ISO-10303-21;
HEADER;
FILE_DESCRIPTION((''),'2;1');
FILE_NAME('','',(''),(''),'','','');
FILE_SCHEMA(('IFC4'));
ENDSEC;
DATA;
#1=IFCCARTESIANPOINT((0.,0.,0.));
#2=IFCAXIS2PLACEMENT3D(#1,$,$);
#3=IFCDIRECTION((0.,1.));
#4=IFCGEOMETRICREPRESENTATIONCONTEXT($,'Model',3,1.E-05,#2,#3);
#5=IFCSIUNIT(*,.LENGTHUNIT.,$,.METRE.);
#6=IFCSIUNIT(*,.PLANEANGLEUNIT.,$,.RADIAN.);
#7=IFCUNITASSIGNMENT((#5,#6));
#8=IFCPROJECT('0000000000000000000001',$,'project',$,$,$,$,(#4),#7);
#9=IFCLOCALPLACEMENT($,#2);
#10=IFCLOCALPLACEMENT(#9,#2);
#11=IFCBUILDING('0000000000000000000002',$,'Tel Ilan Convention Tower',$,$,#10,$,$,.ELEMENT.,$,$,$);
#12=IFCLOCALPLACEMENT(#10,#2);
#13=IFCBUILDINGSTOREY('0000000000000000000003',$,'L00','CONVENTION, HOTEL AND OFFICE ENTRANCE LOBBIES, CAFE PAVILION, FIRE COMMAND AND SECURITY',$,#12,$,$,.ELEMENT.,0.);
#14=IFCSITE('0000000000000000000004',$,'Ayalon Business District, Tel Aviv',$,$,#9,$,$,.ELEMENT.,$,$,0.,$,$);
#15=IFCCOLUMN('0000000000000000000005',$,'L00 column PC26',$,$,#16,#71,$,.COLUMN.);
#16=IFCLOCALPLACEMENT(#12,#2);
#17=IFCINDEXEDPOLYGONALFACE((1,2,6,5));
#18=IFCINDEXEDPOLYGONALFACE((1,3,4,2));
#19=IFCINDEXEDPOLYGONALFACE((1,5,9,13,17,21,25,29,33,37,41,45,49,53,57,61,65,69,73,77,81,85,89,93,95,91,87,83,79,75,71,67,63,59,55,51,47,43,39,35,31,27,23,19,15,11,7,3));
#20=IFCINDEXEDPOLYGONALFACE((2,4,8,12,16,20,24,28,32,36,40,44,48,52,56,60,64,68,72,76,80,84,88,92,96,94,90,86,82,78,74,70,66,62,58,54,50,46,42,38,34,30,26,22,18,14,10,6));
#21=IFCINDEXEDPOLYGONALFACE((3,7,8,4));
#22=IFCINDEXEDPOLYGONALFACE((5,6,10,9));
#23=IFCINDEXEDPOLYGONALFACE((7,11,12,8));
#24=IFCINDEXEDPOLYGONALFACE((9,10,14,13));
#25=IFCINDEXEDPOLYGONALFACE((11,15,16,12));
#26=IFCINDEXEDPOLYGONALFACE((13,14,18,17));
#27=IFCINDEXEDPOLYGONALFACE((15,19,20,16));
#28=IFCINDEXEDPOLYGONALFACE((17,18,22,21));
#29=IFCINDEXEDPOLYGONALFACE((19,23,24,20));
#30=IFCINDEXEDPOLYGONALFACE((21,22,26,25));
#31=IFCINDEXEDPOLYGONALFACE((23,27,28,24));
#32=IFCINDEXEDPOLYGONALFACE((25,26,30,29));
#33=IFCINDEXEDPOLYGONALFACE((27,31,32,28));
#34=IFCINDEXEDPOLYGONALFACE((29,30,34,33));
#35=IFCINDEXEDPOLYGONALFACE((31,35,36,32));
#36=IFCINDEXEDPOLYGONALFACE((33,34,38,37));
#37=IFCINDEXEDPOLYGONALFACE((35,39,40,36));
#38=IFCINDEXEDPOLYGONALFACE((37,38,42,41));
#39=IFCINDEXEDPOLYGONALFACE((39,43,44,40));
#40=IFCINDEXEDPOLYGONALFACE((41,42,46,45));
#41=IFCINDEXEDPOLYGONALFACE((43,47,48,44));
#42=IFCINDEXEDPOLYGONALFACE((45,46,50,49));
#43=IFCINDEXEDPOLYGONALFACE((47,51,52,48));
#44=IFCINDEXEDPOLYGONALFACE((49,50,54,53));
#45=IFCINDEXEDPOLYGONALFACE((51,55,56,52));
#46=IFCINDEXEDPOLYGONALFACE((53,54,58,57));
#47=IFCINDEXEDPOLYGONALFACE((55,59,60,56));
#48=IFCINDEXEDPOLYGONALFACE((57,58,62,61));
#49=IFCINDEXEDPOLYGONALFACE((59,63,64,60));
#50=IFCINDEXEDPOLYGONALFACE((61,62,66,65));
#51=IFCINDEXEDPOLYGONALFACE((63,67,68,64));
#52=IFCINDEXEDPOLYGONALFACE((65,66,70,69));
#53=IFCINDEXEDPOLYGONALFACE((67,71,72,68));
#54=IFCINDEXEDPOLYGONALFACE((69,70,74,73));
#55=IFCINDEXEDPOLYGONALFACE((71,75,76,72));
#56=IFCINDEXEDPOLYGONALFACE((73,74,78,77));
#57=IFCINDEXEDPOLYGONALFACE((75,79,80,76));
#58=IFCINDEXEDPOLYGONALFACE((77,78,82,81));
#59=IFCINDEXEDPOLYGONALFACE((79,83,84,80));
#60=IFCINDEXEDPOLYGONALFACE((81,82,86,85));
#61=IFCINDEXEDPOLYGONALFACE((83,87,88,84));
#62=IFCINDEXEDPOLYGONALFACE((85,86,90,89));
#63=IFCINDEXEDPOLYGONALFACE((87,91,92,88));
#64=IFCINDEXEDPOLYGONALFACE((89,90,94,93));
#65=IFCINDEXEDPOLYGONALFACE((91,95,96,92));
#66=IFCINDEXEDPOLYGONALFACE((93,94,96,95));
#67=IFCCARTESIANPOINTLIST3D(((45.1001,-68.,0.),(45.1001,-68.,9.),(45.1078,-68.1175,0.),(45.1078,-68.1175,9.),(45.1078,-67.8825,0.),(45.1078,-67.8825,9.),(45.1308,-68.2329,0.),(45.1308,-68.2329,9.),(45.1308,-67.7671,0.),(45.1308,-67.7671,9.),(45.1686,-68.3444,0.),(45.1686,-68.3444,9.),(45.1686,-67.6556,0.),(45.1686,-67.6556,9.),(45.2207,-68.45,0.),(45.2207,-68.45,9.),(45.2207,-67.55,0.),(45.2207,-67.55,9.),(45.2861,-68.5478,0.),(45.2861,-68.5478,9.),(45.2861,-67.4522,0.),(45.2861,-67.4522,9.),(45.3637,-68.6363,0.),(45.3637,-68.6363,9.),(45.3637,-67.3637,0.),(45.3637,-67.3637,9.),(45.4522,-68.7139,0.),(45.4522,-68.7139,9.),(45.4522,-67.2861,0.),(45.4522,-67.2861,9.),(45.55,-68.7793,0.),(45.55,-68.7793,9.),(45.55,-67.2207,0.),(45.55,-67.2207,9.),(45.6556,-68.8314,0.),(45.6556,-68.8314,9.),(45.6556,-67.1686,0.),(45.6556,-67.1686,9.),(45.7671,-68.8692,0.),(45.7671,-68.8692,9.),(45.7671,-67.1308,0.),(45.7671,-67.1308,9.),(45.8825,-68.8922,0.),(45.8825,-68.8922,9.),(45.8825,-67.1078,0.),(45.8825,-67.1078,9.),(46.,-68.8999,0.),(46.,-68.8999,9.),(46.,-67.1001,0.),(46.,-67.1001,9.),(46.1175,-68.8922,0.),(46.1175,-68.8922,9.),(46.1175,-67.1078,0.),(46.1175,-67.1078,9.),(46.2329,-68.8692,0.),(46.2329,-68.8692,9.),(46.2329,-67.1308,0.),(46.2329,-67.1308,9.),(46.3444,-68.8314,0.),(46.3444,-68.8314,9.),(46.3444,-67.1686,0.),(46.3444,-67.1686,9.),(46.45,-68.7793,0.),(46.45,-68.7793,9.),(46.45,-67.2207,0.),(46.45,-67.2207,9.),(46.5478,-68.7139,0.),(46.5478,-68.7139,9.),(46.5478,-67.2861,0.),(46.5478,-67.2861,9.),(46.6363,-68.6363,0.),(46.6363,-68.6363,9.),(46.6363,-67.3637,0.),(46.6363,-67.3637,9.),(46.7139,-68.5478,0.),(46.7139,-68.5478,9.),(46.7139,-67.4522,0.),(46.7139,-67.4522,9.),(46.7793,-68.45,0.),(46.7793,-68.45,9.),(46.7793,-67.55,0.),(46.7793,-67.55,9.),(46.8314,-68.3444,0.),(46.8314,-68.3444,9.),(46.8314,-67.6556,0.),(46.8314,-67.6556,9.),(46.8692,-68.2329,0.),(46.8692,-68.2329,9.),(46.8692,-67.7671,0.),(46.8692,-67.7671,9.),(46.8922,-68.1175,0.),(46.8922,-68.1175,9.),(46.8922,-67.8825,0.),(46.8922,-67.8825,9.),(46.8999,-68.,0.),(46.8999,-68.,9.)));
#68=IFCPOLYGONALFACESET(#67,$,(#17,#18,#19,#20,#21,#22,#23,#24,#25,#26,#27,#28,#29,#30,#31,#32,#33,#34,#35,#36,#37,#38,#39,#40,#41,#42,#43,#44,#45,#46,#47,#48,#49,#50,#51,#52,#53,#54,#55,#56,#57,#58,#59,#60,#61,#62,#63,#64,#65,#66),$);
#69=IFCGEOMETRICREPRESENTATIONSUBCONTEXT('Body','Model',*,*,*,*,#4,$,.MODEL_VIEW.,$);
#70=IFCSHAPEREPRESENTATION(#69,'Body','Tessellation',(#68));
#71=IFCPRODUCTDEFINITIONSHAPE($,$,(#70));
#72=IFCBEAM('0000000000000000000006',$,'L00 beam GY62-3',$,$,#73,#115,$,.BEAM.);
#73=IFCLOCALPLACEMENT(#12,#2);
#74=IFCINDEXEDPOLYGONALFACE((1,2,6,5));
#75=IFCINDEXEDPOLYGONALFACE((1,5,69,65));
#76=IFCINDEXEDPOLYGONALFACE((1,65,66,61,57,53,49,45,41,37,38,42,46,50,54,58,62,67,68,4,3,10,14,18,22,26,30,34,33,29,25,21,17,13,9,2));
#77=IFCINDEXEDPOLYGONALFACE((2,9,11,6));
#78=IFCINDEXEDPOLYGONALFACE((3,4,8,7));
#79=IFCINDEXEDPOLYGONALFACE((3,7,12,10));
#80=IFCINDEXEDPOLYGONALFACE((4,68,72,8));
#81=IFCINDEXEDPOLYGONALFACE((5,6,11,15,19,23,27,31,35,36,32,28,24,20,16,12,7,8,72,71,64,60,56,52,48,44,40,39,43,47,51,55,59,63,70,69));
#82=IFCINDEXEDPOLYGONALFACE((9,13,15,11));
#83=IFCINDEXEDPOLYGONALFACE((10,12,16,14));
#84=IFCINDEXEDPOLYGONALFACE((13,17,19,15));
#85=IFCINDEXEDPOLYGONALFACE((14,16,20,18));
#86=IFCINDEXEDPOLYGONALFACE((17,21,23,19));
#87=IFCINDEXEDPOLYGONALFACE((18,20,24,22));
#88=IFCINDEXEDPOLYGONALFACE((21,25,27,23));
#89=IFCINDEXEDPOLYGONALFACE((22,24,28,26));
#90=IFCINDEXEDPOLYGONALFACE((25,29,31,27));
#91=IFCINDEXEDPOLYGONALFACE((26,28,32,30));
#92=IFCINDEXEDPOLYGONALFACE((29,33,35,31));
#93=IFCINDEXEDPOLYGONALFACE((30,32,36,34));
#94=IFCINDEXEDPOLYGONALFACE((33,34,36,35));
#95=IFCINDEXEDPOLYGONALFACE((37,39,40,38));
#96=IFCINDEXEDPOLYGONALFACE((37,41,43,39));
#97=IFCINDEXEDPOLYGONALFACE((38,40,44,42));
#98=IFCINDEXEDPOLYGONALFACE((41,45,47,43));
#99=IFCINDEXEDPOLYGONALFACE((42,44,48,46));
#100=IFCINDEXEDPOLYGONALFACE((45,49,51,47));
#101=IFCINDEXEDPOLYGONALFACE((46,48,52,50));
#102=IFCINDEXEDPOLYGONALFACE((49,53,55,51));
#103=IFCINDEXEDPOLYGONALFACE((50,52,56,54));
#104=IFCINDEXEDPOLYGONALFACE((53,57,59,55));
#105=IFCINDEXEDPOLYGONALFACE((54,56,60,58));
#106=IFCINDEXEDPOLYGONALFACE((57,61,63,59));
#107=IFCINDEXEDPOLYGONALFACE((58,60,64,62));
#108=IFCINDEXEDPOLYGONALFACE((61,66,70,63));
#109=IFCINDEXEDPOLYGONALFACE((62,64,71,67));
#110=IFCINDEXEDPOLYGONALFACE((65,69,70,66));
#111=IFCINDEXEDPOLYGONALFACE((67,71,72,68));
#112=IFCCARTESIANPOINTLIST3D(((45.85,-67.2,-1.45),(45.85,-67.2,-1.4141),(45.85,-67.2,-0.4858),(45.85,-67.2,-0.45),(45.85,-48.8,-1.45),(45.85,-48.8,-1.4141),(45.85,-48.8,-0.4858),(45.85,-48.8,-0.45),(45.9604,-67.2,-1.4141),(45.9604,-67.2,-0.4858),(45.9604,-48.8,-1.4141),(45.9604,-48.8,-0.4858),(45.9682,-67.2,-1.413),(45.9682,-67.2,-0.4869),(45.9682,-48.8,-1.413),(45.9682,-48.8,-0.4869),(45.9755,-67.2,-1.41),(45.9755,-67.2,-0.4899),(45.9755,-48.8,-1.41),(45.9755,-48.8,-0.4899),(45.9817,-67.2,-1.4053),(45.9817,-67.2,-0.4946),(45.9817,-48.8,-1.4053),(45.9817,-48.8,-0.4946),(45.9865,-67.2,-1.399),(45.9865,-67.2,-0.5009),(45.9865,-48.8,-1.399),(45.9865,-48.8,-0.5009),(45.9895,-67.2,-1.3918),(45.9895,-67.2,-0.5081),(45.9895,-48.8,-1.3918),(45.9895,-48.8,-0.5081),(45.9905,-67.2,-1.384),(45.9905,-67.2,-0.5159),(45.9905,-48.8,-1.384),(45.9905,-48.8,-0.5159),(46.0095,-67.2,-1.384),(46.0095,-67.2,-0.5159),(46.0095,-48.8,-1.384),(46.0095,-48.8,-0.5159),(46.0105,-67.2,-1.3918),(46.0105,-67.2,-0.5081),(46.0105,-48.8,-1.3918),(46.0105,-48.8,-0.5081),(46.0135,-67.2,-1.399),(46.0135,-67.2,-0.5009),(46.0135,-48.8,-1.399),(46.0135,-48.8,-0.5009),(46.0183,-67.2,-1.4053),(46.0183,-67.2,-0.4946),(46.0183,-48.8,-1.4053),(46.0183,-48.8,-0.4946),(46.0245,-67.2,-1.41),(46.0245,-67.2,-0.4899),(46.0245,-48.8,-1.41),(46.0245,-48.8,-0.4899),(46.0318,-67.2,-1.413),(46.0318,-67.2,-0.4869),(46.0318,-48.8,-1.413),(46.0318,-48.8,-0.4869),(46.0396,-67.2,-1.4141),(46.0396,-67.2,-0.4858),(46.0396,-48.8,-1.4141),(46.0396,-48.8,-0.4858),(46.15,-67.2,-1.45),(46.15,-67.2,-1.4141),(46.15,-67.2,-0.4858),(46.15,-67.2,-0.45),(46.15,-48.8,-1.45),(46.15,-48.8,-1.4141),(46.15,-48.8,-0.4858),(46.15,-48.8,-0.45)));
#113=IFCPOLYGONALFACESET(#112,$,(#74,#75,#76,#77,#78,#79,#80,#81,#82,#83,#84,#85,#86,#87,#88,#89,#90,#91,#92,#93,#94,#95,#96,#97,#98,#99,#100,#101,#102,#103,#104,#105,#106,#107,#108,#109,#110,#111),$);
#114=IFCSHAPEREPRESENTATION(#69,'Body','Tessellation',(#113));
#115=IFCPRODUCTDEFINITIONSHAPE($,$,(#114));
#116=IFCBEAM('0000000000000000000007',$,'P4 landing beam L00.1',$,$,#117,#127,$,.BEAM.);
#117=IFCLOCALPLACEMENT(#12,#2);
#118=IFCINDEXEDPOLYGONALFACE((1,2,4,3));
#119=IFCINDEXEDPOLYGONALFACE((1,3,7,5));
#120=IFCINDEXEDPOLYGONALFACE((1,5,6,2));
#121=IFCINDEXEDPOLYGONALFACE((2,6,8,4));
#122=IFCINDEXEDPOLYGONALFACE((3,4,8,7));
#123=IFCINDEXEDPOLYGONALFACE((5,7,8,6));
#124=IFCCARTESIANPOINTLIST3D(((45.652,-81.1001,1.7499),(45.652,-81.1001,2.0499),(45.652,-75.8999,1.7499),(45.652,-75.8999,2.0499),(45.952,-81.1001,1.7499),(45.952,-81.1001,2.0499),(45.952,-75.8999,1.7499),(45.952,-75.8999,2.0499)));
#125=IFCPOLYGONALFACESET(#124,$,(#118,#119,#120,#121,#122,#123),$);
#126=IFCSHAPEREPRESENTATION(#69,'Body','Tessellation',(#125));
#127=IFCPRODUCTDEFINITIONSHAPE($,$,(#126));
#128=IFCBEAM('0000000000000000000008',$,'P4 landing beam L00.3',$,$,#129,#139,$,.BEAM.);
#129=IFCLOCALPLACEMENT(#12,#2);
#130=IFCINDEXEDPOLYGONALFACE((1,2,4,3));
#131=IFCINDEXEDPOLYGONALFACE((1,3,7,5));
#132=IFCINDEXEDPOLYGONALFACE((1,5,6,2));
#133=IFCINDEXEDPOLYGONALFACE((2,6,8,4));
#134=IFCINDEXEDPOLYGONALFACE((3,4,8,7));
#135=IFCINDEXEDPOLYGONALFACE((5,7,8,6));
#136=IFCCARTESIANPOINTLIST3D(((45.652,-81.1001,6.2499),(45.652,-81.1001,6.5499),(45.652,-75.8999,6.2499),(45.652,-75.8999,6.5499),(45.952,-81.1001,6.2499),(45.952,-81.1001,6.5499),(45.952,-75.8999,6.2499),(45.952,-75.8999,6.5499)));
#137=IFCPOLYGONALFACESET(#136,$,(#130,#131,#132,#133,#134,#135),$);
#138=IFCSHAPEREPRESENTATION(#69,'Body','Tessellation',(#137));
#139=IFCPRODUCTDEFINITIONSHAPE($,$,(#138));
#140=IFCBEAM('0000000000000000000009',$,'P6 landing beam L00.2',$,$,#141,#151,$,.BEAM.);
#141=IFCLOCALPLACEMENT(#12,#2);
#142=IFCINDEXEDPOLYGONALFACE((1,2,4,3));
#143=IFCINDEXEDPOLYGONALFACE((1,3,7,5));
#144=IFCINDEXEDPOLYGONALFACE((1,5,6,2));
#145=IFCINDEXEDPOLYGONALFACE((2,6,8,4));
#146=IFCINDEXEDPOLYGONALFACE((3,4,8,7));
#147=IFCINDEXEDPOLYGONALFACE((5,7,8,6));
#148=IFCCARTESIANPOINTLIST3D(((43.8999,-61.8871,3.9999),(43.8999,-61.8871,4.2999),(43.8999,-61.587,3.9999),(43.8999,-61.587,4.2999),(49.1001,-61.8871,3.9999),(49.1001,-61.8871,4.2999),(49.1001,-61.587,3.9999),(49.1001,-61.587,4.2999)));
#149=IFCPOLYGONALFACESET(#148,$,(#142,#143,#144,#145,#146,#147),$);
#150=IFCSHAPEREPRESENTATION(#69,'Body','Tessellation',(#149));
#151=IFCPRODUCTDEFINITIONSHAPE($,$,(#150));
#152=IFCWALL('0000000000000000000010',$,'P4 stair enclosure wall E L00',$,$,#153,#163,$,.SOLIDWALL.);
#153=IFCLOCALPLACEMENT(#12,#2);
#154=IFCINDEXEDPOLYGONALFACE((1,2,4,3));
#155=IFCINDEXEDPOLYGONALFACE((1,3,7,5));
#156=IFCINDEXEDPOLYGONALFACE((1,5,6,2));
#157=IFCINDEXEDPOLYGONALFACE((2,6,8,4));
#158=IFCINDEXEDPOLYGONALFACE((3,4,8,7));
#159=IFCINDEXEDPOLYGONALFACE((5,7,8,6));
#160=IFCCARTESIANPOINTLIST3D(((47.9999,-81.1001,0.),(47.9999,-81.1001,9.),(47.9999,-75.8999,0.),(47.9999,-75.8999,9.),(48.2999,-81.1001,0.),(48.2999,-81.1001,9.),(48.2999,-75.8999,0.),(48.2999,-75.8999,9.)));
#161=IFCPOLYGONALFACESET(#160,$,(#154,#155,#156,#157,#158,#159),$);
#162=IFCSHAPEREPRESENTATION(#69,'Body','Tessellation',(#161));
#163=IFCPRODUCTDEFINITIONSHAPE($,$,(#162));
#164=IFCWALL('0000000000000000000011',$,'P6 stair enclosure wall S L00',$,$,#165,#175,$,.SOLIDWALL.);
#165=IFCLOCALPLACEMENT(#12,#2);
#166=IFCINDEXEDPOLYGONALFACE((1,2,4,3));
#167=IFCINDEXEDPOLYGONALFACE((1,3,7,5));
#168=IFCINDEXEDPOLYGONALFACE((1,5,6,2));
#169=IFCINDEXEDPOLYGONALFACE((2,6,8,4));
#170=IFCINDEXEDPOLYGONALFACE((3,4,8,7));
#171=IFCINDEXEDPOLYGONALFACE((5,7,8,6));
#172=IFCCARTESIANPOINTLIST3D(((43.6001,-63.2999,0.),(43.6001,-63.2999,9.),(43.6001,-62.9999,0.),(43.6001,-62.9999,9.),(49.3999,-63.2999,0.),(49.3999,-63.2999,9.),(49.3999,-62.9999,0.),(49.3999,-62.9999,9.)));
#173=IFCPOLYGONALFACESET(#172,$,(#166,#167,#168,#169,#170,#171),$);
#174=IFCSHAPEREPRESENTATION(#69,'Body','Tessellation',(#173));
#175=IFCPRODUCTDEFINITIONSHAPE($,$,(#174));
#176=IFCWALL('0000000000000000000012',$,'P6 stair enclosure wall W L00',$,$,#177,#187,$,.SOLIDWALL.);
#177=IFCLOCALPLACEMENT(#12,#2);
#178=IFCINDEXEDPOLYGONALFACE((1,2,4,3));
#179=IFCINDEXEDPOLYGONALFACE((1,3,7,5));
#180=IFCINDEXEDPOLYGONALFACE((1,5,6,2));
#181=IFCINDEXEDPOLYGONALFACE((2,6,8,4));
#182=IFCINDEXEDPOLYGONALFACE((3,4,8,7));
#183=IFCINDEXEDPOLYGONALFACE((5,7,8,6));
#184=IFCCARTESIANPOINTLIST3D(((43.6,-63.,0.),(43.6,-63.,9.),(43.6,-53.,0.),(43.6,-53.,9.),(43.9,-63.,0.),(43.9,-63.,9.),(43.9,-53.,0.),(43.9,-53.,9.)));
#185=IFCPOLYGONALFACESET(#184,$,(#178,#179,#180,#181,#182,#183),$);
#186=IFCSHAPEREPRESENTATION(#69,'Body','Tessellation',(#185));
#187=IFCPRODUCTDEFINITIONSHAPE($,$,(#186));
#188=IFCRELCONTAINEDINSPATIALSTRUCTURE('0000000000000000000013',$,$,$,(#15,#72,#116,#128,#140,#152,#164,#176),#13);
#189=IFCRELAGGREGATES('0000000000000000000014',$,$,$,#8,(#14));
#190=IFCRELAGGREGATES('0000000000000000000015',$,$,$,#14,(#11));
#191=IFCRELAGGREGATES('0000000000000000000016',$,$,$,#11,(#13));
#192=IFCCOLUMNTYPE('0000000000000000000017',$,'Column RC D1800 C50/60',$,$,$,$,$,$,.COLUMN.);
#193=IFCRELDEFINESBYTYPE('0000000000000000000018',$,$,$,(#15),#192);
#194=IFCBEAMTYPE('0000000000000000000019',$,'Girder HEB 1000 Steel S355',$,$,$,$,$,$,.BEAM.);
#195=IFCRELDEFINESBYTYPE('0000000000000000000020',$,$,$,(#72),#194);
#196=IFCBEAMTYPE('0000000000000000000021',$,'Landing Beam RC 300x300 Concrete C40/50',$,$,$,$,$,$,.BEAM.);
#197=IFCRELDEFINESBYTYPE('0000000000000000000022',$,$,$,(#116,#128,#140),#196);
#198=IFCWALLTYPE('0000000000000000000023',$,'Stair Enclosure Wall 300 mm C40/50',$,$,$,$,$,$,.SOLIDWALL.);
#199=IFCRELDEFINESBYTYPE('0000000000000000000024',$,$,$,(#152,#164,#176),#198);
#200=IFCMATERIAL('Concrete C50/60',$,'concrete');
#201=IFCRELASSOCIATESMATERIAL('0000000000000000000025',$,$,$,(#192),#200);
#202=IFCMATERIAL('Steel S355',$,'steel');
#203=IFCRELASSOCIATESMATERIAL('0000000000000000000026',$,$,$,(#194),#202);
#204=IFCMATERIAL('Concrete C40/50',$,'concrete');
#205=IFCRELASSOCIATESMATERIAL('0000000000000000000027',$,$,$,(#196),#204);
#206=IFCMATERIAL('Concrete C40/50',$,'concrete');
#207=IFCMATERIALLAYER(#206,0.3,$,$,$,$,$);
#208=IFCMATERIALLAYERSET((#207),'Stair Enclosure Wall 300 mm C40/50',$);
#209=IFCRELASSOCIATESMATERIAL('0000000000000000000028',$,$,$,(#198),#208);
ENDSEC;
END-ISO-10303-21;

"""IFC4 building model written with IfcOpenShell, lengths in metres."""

from ifc_helpers import new_model, si_unit, direction, frame, frame_2d, origin, origin_2d, place, context, subcontext, project, spatial, rectangle, circle, i_section, extrude, material, layer, layer_set, material_profile, profile_set, type_object, element, save


model = new_model("IFC4")

# Units and contexts
model_context = context("Model", 3, precision=1e-05, world=origin(), true_north=direction((0.0, 1.0)))
body_context = subcontext(model_context, "Body", "Model", "MODEL_VIEW")
ifc_project = project(units=[si_unit("LENGTHUNIT", "METRE"), si_unit("PLANEANGLEUNIT", "RADIAN")], contexts=[model_context])

# Site, building, storey
site_placement = place(None, origin())
site = spatial("IfcSite", under=ifc_project, at=site_placement, Name="Ayalon Business District, Tel Aviv", CompositionType="ELEMENT", RefElevation=0.0)
building_placement = place(site_placement, origin())
building = spatial("IfcBuilding", under=site, at=building_placement, Name="Tel Ilan Convention Tower", CompositionType="ELEMENT")
storey_placement = place(building_placement, origin())
storey = spatial("IfcBuildingStorey", under=building, at=storey_placement, Name="L00", Description="CONVENTION, HOTEL AND OFFICE ENTRANCE LOBBIES, CAFE PAVILION, FIRE COMMAND AND SECURITY", CompositionType="ELEMENT", Elevation=0.0)

# Column
ifc_material_1 = material(Name="Concrete C50/60", Category="concrete")
ifc_material_profile_1 = material_profile(ifc_material_1, circle(Radius=0.8999, at=origin_2d()), Name="RC D1800")
ifc_profile_set_1 = profile_set([ifc_material_profile_1], Name="Concrete C50/60")
column_type = type_object("IfcColumnType", Name="Column RC D1800 C50/60", PredefinedType="COLUMN", material=ifc_profile_set_1)
column_placement = place(storey_placement, frame((46.0, -68.0, 0.0), z_axis=(0.0, 0.0, 1.0), x_axis=(1.0, 0.0, 0.0)))
element("IfcColumn", 1, at=column_placement, inside=storey, type_object=column_type, Name="L00 column PC26", PredefinedType="COLUMN", context=body_context, shape_type="SweptSolid", body=[
    extrude(circle(Radius=0.8999, at=origin_2d()), origin(), (0.0, 0.0, 1.0), 9.0),
])

# Beams
ifc_material_2 = material(Name="Steel S355", Category="steel")
ifc_material_profile_2 = material_profile(ifc_material_2, i_section(OverallWidth=0.3, OverallDepth=1.0, WebThickness=0.019, FlangeThickness=0.0359, FilletRadius=0.03, at=origin_2d()), Name="HEB 1000")
ifc_profile_set_2 = profile_set([ifc_material_profile_2], Name="Steel S355")
beam_type_1 = type_object("IfcBeamType", Name="Girder HEB 1000 Steel S355", PredefinedType="BEAM", material=ifc_profile_set_2)
beam_placement = place(storey_placement, frame((46.0, -67.2, -0.95), z_axis=(0.0, 1.0, 0.0), x_axis=(-1.0, 0.0, 0.0)))
element("IfcBeam", 2, at=beam_placement, inside=storey, type_object=beam_type_1, Name="L00 beam GY62-3", PredefinedType="BEAM", context=body_context, shape_type="SweptSolid", body=[
    extrude(i_section(OverallWidth=0.3, OverallDepth=1.0, WebThickness=0.019, FlangeThickness=0.0359, FilletRadius=0.03, at=origin_2d()), origin(), (0.0, 0.0, 1.0), 18.3999),
])
ifc_material_3 = material(Name="Concrete C40/50", Category="concrete")
ifc_material_profile_3 = material_profile(ifc_material_3, rectangle(XDim=0.3, YDim=0.3, at=origin_2d()), Name="RC 300x300")
ifc_profile_set_3 = profile_set([ifc_material_profile_3], Name="Concrete C40/50")
beam_type_2 = type_object("IfcBeamType", Name="Landing Beam RC 300x300 Concrete C40/50", PredefinedType="BEAM", material=ifc_profile_set_3)
for number, where, z_axis, x_axis, name in (
    (3, (45.802, -81.1001, 1.8999), (0.0, 1.0, 0.0), (-1.0, 0.0, 0.0), "P4 landing beam L00.1"),
    (4, (45.802, -81.1001, 6.3999), (0.0, 1.0, 0.0), (-1.0, 0.0, 0.0), "P4 landing beam L00.3"),
    (5, (49.1001, -61.7371, 4.1499), (-1.0, 0.0, 0.0), (0.0, -1.0, 0.0), "P6 landing beam L00.2"),
):
    element("IfcBeam", number, at=place(storey_placement, frame(where, z_axis=z_axis, x_axis=x_axis)), inside=storey, type_object=beam_type_2, Name=name, PredefinedType="BEAM", context=body_context, shape_type="SweptSolid", body=[
        extrude(rectangle(XDim=0.3, YDim=0.3, at=origin_2d()), origin(), (0.0, 0.0, 1.0), 5.2002),
    ])

# Walls
ifc_material_4 = material(Name="Concrete C40/50", Category="concrete")
ifc_layer = layer(ifc_material_4, 0.3)
ifc_layer_set = layer_set([ifc_layer], Name="Stair Enclosure Wall 300 mm C40/50")
wall_type = type_object("IfcWallType", Name="Stair Enclosure Wall 300 mm C40/50", PredefinedType="SOLIDWALL", material=ifc_layer_set)
wall_1_placement = place(storey_placement, frame((48.1499, -81.1001, 0.0), z_axis=(0.0, 0.0, 1.0), x_axis=(0.0, 1.0, 0.0)))
element("IfcWall", 6, at=wall_1_placement, inside=storey, type_object=wall_type, Name="P4 stair enclosure wall E L00", PredefinedType="SOLIDWALL", context=body_context, shape_type="SweptSolid", body=[
    extrude(rectangle(XDim=5.2002, YDim=0.3, at=frame_2d((2.6001, 0.0))), origin(), (0.0, 0.0, 1.0), 9.0),
])
wall_2_placement = place(storey_placement, frame((43.6001, -63.1499, 0.0), z_axis=(0.0, 0.0, 1.0), x_axis=(1.0, 0.0, 0.0)))
element("IfcWall", 7, at=wall_2_placement, inside=storey, type_object=wall_type, Name="P6 stair enclosure wall S L00", PredefinedType="SOLIDWALL", context=body_context, shape_type="SweptSolid", body=[
    extrude(rectangle(XDim=5.7998, YDim=0.3, at=frame_2d((2.8999, 0.0))), origin(), (0.0, 0.0, 1.0), 9.0),
])
wall_3_placement = place(storey_placement, frame((43.75, -63.0, 0.0), z_axis=(0.0, 0.0, 1.0), x_axis=(0.0, 1.0, 0.0)))
element("IfcWall", 8, at=wall_3_placement, inside=storey, type_object=wall_type, Name="P6 stair enclosure wall W L00", PredefinedType="SOLIDWALL", context=body_context, shape_type="SweptSolid", body=[
    extrude(rectangle(XDim=10.0, YDim=0.3, at=frame_2d((5.0, 0.0))), origin(), (0.0, 0.0, 1.0), 9.0),
])

save(model, "model.ifc")
